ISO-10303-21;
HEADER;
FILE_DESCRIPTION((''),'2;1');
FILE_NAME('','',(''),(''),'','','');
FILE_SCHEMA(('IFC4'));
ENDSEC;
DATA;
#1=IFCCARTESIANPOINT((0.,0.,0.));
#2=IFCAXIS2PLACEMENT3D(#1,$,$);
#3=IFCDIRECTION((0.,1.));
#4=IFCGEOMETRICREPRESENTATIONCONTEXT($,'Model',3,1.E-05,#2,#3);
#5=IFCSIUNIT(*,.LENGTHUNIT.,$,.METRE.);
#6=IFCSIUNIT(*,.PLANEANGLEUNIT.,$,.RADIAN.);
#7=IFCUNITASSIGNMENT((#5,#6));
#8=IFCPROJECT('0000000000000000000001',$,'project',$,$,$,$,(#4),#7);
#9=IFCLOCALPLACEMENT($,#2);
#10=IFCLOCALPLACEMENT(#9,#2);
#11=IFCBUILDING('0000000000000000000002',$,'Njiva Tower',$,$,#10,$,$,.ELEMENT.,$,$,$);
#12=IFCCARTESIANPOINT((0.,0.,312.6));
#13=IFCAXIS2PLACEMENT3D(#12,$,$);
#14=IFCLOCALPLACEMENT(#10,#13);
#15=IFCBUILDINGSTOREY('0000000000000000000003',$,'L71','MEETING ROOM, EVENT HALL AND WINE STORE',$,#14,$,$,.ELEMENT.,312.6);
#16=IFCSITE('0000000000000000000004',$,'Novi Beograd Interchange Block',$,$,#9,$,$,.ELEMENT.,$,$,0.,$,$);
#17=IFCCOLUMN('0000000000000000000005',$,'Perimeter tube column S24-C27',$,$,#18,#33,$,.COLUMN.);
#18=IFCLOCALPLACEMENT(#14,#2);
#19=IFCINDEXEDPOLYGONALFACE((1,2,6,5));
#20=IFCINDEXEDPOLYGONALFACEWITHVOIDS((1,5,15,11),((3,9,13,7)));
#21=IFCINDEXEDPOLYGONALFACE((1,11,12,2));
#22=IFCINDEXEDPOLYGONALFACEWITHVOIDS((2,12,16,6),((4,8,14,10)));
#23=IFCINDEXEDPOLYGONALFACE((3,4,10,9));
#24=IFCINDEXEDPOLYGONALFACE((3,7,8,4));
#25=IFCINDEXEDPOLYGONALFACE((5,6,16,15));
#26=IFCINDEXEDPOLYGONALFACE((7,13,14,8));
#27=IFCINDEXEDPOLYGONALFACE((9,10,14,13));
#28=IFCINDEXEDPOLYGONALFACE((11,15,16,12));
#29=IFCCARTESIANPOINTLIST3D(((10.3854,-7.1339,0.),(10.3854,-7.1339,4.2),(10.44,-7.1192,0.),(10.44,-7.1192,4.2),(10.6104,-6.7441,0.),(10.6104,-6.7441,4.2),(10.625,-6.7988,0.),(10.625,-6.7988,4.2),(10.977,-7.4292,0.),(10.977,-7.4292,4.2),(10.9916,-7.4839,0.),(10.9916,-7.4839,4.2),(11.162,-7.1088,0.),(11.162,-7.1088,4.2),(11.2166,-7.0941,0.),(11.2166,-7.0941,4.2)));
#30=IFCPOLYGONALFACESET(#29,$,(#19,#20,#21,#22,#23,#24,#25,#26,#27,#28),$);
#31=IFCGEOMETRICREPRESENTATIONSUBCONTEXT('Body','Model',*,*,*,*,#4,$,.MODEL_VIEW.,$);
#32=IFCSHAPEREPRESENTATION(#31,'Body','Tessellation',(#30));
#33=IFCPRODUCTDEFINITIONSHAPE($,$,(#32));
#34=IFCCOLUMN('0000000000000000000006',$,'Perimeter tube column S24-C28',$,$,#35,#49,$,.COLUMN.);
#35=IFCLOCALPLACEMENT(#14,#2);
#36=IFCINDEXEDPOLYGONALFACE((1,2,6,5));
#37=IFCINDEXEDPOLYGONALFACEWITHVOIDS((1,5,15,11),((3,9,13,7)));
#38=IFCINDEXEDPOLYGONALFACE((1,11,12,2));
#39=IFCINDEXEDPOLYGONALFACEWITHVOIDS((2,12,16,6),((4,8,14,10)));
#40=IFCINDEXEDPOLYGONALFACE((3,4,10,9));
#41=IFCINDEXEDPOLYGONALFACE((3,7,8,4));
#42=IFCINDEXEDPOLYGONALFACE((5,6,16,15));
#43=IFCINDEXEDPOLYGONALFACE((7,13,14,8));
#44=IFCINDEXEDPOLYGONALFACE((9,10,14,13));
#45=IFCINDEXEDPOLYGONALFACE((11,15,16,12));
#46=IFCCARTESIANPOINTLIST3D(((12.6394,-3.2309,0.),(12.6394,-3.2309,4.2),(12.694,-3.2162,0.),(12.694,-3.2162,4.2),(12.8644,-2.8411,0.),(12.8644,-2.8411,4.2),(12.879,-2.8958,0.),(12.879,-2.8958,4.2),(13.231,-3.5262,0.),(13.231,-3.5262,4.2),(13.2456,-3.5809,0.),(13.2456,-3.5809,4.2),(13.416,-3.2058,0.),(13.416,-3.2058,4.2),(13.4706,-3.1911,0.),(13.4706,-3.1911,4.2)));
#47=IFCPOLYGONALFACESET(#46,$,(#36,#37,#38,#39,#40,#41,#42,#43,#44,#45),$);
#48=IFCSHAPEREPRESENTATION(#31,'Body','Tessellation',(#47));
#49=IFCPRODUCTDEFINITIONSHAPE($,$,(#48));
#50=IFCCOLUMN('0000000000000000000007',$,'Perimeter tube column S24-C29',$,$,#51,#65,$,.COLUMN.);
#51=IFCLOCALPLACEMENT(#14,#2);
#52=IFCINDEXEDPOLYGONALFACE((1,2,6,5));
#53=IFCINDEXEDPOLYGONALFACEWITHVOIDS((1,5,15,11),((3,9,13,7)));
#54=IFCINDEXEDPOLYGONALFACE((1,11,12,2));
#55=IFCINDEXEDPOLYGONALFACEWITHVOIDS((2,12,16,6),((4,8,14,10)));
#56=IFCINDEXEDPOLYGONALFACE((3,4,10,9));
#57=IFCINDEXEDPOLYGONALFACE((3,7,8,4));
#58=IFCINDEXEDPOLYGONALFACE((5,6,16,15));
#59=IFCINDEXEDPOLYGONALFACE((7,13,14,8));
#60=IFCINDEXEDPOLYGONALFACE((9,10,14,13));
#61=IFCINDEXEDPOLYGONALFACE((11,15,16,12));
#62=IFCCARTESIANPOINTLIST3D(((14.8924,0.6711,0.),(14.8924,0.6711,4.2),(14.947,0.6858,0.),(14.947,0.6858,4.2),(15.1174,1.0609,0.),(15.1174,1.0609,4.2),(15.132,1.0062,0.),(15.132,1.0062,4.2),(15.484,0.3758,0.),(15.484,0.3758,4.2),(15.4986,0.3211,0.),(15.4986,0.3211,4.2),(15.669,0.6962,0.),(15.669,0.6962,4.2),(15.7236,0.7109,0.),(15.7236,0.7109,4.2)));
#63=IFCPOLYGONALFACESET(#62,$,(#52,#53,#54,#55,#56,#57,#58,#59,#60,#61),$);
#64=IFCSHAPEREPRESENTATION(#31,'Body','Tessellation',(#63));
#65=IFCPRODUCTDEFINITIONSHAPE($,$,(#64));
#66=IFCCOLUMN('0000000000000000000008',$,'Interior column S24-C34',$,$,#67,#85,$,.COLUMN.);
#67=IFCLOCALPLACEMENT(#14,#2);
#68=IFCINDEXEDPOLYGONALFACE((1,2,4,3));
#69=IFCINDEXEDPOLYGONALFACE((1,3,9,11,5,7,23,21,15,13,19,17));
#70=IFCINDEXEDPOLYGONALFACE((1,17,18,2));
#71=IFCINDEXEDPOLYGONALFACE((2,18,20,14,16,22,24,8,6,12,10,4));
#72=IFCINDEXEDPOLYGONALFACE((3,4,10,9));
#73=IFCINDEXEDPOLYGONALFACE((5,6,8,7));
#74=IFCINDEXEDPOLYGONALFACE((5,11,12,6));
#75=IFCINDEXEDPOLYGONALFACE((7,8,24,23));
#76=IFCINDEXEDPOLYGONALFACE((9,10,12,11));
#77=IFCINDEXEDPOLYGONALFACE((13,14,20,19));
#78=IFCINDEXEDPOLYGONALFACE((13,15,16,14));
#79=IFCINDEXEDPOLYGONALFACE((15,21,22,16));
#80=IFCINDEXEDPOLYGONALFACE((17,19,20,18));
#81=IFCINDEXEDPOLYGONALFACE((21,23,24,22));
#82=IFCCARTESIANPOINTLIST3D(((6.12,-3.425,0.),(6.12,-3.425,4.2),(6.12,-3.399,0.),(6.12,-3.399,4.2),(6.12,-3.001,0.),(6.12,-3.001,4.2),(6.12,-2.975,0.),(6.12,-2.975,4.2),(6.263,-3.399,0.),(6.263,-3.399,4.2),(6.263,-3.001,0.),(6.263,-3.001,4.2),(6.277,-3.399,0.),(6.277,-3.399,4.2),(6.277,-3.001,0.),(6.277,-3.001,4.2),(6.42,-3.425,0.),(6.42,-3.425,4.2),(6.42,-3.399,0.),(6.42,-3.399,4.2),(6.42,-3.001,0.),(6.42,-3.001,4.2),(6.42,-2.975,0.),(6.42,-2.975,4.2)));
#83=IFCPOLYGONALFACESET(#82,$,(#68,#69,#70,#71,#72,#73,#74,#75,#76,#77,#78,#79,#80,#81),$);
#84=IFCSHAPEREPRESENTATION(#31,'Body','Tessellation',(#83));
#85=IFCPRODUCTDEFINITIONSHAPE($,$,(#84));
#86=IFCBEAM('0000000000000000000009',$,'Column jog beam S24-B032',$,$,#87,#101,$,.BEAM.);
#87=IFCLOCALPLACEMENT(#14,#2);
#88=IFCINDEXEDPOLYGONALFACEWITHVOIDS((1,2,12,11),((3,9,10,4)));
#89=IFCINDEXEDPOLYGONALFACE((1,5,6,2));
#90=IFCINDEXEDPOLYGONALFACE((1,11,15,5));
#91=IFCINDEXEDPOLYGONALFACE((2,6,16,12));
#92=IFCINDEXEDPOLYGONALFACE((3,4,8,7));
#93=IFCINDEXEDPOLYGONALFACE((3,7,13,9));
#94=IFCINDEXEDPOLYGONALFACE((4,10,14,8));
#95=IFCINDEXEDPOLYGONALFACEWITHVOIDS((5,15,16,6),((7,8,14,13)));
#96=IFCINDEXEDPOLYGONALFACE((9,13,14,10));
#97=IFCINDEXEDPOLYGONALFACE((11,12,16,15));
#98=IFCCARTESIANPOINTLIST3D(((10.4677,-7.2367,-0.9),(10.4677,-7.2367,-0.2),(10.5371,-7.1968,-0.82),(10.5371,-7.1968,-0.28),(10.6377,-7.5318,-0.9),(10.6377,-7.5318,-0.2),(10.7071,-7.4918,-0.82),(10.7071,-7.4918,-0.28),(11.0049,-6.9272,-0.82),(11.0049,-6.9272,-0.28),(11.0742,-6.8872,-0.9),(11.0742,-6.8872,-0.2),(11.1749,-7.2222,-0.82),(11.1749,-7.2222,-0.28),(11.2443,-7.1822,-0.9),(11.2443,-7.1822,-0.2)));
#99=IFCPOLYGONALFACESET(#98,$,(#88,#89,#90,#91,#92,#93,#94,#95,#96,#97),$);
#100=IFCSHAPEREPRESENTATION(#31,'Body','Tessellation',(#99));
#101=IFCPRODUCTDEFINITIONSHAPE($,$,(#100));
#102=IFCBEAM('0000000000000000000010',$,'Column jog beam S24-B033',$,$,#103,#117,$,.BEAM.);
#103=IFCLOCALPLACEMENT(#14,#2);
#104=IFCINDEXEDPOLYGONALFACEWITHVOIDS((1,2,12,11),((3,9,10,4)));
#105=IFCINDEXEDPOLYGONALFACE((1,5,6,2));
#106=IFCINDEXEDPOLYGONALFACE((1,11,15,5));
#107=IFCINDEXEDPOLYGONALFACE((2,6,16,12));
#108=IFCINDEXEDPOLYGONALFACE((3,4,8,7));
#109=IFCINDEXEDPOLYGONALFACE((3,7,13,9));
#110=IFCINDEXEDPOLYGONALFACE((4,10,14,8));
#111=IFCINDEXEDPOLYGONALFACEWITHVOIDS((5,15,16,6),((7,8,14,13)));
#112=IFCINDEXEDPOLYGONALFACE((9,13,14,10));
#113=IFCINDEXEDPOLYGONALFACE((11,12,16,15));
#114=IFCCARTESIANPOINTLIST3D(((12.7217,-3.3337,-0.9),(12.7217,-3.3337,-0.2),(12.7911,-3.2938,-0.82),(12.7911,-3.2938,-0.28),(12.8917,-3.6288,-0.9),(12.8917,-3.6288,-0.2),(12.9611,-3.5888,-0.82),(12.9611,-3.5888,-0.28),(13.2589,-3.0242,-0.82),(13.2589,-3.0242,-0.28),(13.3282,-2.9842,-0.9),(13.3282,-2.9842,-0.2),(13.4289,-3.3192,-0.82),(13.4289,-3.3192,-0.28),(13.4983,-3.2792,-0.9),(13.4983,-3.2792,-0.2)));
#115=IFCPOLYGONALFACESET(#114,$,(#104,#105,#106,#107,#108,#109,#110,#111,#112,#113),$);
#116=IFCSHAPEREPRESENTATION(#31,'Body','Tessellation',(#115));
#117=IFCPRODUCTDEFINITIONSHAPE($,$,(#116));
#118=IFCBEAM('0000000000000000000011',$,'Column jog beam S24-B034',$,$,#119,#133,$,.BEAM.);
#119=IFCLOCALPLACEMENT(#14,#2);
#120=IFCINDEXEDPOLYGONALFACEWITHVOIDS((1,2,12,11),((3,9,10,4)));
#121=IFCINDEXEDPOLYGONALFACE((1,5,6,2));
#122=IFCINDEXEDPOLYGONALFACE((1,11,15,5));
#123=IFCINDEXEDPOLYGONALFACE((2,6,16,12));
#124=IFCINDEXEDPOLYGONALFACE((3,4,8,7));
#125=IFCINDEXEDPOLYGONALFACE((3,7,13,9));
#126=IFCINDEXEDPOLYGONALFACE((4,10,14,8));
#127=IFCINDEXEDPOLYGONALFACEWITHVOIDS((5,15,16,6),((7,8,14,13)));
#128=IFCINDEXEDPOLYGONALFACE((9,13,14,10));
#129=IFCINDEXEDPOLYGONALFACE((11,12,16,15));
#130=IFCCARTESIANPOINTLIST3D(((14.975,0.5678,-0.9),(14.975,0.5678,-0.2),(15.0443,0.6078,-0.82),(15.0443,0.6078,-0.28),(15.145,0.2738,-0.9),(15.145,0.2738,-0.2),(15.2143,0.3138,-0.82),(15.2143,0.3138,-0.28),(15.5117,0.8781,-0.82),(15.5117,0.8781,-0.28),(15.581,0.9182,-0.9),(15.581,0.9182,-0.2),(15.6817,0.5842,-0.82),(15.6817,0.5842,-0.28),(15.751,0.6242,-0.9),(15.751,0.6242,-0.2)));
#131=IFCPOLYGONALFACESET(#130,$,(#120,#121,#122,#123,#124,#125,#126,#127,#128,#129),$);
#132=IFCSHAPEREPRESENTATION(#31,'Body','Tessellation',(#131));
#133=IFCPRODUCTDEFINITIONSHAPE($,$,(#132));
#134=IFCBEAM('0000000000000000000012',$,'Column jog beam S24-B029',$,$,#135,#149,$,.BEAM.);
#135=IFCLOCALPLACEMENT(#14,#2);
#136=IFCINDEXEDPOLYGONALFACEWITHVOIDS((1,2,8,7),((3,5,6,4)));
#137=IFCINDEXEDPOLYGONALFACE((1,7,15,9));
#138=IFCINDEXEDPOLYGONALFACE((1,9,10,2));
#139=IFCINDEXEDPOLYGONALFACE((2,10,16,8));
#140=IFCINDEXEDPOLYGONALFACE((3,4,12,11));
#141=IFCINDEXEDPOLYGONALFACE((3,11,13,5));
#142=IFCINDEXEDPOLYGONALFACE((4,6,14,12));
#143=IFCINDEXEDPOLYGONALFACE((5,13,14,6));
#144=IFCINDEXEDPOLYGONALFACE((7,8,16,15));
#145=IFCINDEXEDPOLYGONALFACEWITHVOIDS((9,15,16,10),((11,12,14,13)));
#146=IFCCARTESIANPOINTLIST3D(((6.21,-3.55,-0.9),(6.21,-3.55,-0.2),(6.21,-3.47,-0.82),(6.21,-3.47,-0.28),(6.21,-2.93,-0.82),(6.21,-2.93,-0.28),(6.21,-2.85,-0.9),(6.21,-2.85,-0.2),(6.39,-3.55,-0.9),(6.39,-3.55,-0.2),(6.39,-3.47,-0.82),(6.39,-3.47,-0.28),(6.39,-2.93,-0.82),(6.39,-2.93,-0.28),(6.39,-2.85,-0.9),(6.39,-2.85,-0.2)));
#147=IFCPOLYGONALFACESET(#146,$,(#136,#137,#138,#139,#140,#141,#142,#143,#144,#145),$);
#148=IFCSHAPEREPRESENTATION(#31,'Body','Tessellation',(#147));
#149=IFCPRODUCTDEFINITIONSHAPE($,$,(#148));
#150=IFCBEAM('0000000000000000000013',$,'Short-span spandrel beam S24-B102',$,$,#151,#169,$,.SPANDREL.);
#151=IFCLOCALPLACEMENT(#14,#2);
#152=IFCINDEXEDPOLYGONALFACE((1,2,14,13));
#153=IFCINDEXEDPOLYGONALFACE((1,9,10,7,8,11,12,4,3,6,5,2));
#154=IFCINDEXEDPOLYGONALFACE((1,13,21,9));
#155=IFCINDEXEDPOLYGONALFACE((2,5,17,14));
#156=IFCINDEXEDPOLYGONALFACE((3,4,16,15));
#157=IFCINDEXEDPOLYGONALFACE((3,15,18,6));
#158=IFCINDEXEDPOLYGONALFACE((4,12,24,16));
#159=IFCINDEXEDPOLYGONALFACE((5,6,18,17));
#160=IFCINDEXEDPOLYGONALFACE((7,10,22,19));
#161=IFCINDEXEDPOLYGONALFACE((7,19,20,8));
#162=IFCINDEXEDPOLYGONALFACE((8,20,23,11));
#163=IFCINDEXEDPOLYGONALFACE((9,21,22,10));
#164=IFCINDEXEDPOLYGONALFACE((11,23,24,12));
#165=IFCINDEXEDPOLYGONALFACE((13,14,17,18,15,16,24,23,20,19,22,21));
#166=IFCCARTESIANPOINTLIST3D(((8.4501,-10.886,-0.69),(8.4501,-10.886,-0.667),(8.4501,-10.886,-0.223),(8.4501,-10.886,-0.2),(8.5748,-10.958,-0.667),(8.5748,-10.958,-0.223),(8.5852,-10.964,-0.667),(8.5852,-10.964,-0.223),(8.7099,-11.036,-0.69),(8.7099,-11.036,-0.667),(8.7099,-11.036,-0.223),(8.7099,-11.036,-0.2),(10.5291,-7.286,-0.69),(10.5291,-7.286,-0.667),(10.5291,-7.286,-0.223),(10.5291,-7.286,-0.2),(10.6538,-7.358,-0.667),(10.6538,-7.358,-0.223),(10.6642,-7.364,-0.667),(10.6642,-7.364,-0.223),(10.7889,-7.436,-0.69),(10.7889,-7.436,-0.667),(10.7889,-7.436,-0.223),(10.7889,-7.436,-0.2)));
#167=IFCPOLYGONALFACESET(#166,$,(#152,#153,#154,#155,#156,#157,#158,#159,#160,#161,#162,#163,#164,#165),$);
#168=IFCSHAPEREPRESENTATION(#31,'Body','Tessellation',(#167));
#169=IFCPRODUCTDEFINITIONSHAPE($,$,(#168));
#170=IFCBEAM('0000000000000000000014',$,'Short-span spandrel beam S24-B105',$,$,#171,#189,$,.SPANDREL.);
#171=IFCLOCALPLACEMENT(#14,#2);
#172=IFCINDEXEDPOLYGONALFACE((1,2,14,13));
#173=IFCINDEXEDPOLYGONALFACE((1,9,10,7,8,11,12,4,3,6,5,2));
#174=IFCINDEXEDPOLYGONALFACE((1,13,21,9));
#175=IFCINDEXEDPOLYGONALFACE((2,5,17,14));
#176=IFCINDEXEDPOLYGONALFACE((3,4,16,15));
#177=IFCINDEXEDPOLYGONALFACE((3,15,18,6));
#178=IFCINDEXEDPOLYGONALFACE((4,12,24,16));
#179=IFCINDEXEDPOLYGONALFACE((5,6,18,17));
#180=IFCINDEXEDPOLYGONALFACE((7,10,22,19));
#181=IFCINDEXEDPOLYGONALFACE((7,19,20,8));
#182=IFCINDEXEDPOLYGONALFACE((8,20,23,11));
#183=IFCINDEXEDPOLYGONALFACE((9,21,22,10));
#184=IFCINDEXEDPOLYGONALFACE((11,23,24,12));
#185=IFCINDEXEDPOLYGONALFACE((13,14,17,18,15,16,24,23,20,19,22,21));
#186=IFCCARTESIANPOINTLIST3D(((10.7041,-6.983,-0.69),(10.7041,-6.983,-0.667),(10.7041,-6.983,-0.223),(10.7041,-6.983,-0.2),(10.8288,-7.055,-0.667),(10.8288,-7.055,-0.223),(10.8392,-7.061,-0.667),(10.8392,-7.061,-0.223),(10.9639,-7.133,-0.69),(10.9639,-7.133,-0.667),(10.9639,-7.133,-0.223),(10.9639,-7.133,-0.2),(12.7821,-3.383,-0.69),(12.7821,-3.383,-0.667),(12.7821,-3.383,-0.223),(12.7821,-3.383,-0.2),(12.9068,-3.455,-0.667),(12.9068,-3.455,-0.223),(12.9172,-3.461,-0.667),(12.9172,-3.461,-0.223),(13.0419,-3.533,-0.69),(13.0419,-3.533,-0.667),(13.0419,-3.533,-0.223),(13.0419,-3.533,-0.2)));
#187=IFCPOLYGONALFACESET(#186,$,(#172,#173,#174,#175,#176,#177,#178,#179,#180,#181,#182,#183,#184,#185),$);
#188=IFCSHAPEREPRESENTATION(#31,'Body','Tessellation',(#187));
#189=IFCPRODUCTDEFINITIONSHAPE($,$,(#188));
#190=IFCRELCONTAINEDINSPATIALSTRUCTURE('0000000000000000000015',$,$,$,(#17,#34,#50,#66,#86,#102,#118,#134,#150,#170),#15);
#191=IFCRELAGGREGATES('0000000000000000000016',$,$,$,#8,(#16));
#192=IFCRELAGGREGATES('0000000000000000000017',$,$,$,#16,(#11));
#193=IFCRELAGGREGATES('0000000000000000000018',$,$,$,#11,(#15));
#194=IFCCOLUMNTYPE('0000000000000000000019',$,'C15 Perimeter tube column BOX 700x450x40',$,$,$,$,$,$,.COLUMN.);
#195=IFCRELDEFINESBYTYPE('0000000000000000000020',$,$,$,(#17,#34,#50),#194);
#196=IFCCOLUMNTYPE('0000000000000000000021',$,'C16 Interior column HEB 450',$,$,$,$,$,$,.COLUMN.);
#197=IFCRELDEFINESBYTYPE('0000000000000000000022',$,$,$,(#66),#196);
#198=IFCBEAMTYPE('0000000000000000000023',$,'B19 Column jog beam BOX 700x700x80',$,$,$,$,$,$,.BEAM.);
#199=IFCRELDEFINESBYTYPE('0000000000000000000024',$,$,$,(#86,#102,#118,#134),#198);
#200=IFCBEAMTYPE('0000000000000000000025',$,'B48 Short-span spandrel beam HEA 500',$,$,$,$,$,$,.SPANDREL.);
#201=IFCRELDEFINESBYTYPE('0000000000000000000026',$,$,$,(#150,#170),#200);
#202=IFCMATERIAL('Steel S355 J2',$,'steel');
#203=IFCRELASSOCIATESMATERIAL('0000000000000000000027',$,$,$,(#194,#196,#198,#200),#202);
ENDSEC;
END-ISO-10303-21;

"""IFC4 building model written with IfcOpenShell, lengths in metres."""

from ifc_helpers import new_model, si_unit, direction, frame, origin, origin_2d, place, context, subcontext, project, spatial, hollow_rectangle, i_section, extrude, material, material_profile, profile_set, type_object, element, save


model = new_model("IFC4")

# Units and contexts
model_context = context("Model", 3, precision=1e-05, world=origin(), true_north=direction((0.0, 1.0)))
body_context = subcontext(model_context, "Body", "Model", "MODEL_VIEW")
ifc_project = project(units=[si_unit("LENGTHUNIT", "METRE"), si_unit("PLANEANGLEUNIT", "RADIAN")], contexts=[model_context])

# Site, building, storey
site_placement = place(None, origin())
site = spatial("IfcSite", under=ifc_project, at=site_placement, Name="Novi Beograd Interchange Block", CompositionType="ELEMENT", RefElevation=0.0)
building_placement = place(site_placement, origin())
building = spatial("IfcBuilding", under=site, at=building_placement, Name="Njiva Tower", CompositionType="ELEMENT")
storey_placement = place(building_placement, frame((0.0, 0.0, 312.6)))
storey = spatial("IfcBuildingStorey", under=building, at=storey_placement, Name="L71", Description="MEETING ROOM, EVENT HALL AND WINE STORE", CompositionType="ELEMENT", Elevation=312.6)

# Columns
ifc_material_1 = material(Name="Steel S355 J2", Category="steel")
ifc_material_profile_1 = material_profile(ifc_material_1, hollow_rectangle(XDim=0.45, YDim=0.7, WallThickness=0.04, at=origin_2d()), Name="BOX 700x450x40")
ifc_profile_set_1 = profile_set([ifc_material_profile_1], Name="Steel S355 J2")
column_type_1 = type_object("IfcColumnType", Name="C15 Perimeter tube column BOX 700x450x40", PredefinedType="COLUMN", material=ifc_profile_set_1)
for number, where, z_axis, x_axis, name in (
    (1, (10.801, -7.114, 0.0), (0.0, 0.0, 1.0), (0.5, 0.866025, 0.0), "Perimeter tube column S24-C27"),
    (2, (13.055, -3.211, 0.0), (0.0, 0.0, 1.0), (0.5, 0.866025, 0.0), "Perimeter tube column S24-C28"),
    (3, (15.308, 0.691, 0.0), (0.0, 0.0, 1.0), (0.5, 0.866025, 0.0), "Perimeter tube column S24-C29"),
):
    element("IfcColumn", number, at=place(storey_placement, frame(where, z_axis=z_axis, x_axis=x_axis)), inside=storey, type_object=column_type_1, Name=name, PredefinedType="COLUMN", context=body_context, shape_type="SweptSolid", body=[
        extrude(hollow_rectangle(XDim=0.45, YDim=0.7, WallThickness=0.04, at=origin_2d()), origin(), (0.0, 0.0, 1.0), 4.2),
    ])
ifc_material_profile_2 = material_profile(ifc_material_1, i_section(OverallWidth=0.3, OverallDepth=0.45, WebThickness=0.014, FlangeThickness=0.026, at=origin_2d()), Name="HEB 450")
ifc_profile_set_2 = profile_set([ifc_material_profile_2], Name="Steel S355 J2")
column_type_2 = type_object("IfcColumnType", Name="C16 Interior column HEB 450", PredefinedType="COLUMN", material=ifc_profile_set_2)
column_placement = place(storey_placement, frame((6.27, -3.2, 0.0), z_axis=(0.0, 0.0, 1.0), x_axis=(1.0, 0.0, 0.0)))
element("IfcColumn", 4, at=column_placement, inside=storey, type_object=column_type_2, Name="Interior column S24-C34", PredefinedType="COLUMN", context=body_context, shape_type="SweptSolid", body=[
    extrude(i_section(OverallWidth=0.3, OverallDepth=0.45, WebThickness=0.014, FlangeThickness=0.026, at=origin_2d()), origin(), (0.0, 0.0, 1.0), 4.2),
])

# Beams
ifc_material_profile_3 = material_profile(ifc_material_1, hollow_rectangle(XDim=0.7, YDim=0.7, WallThickness=0.08, at=origin_2d()), Name="BOX 700x700x80")
ifc_profile_set_3 = profile_set([ifc_material_profile_3], Name="Steel S355 J2")
beam_type_1 = type_object("IfcBeamType", Name="B19 Column jog beam BOX 700x700x80", PredefinedType="BEAM", material=ifc_profile_set_3)
for number, where, z_axis, x_axis, name in (
    (5, (10.941, -7.357, -0.55), (-0.499299, 0.86643, 0.0), (-0.86643, -0.499299, 0.0), "Column jog beam S24-B032"),
    (6, (13.195, -3.454, -0.55), (-0.499299, 0.86643, 0.0), (-0.86643, -0.499299, 0.0), "Column jog beam S24-B033"),
):
    element("IfcBeam", number, at=place(storey_placement, frame(where, z_axis=z_axis, x_axis=x_axis)), inside=storey, type_object=beam_type_1, Name=name, PredefinedType="BEAM", context=body_context, shape_type="SweptSolid", body=[
        extrude(hollow_rectangle(XDim=0.7, YDim=0.7, WallThickness=0.08, at=origin_2d()), origin(), (0.0, 0.0, 1.0), 0.3405),
    ])
beam_1_placement = place(storey_placement, frame((15.448, 0.449, -0.55), z_axis=(-0.500572, 0.865695, 0.0), x_axis=(-0.865695, -0.500572, 0.0)))
element("IfcBeam", 7, at=beam_1_placement, inside=storey, type_object=beam_type_1, Name="Column jog beam S24-B034", PredefinedType="BEAM", context=body_context, shape_type="SweptSolid", body=[
    extrude(hollow_rectangle(XDim=0.7, YDim=0.7, WallThickness=0.08, at=origin_2d()), origin(), (0.0, 0.0, 1.0), 0.3396),
])
beam_2_placement = place(storey_placement, frame((6.39, -3.2, -0.55), z_axis=(-1.0, 0.0, 0.0), x_axis=(0.0, -1.0, 0.0)))
element("IfcBeam", 8, at=beam_2_placement, inside=storey, type_object=beam_type_1, Name="Column jog beam S24-B029", PredefinedType="BEAM", context=body_context, shape_type="SweptSolid", body=[
    extrude(hollow_rectangle(XDim=0.7, YDim=0.7, WallThickness=0.08, at=origin_2d()), origin(), (0.0, 0.0, 1.0), 0.18),
])
ifc_material_profile_4 = material_profile(ifc_material_1, i_section(OverallWidth=0.3, OverallDepth=0.49, WebThickness=0.012, FlangeThickness=0.023, at=origin_2d()), Name="HEA 500")
ifc_profile_set_4 = profile_set([ifc_material_profile_4], Name="Steel S355 J2")
beam_type_2 = type_object("IfcBeamType", Name="B48 Short-span spandrel beam HEA 500", PredefinedType="SPANDREL", material=ifc_profile_set_4)
beam_3_placement = place(storey_placement, frame((8.58, -10.961, -0.445), z_axis=(0.500097, 0.865969, 0.0), x_axis=(-0.865969, 0.500097, 0.0)))
element("IfcBeam", 9, at=beam_3_placement, inside=storey, type_object=beam_type_2, Name="Short-span spandrel beam S24-B102", PredefinedType="SPANDREL", context=body_context, shape_type="SweptSolid", body=[
    extrude(i_section(OverallWidth=0.3, OverallDepth=0.49, WebThickness=0.012, FlangeThickness=0.023, at=origin_2d()), origin(), (0.0, 0.0, 1.0), 4.1572),
])
beam_4_placement = place(storey_placement, frame((10.834, -7.058, -0.445), z_axis=(0.499917, 0.866073, 0.0), x_axis=(-0.866073, 0.499917, 0.0)))
element("IfcBeam", 10, at=beam_4_placement, inside=storey, type_object=beam_type_2, Name="Short-span spandrel beam S24-B105", PredefinedType="SPANDREL", context=body_context, shape_type="SweptSolid", body=[
    extrude(i_section(OverallWidth=0.3, OverallDepth=0.49, WebThickness=0.012, FlangeThickness=0.023, at=origin_2d()), origin(), (0.0, 0.0, 1.0), 4.1567),
])

save(model, "model.ifc")
